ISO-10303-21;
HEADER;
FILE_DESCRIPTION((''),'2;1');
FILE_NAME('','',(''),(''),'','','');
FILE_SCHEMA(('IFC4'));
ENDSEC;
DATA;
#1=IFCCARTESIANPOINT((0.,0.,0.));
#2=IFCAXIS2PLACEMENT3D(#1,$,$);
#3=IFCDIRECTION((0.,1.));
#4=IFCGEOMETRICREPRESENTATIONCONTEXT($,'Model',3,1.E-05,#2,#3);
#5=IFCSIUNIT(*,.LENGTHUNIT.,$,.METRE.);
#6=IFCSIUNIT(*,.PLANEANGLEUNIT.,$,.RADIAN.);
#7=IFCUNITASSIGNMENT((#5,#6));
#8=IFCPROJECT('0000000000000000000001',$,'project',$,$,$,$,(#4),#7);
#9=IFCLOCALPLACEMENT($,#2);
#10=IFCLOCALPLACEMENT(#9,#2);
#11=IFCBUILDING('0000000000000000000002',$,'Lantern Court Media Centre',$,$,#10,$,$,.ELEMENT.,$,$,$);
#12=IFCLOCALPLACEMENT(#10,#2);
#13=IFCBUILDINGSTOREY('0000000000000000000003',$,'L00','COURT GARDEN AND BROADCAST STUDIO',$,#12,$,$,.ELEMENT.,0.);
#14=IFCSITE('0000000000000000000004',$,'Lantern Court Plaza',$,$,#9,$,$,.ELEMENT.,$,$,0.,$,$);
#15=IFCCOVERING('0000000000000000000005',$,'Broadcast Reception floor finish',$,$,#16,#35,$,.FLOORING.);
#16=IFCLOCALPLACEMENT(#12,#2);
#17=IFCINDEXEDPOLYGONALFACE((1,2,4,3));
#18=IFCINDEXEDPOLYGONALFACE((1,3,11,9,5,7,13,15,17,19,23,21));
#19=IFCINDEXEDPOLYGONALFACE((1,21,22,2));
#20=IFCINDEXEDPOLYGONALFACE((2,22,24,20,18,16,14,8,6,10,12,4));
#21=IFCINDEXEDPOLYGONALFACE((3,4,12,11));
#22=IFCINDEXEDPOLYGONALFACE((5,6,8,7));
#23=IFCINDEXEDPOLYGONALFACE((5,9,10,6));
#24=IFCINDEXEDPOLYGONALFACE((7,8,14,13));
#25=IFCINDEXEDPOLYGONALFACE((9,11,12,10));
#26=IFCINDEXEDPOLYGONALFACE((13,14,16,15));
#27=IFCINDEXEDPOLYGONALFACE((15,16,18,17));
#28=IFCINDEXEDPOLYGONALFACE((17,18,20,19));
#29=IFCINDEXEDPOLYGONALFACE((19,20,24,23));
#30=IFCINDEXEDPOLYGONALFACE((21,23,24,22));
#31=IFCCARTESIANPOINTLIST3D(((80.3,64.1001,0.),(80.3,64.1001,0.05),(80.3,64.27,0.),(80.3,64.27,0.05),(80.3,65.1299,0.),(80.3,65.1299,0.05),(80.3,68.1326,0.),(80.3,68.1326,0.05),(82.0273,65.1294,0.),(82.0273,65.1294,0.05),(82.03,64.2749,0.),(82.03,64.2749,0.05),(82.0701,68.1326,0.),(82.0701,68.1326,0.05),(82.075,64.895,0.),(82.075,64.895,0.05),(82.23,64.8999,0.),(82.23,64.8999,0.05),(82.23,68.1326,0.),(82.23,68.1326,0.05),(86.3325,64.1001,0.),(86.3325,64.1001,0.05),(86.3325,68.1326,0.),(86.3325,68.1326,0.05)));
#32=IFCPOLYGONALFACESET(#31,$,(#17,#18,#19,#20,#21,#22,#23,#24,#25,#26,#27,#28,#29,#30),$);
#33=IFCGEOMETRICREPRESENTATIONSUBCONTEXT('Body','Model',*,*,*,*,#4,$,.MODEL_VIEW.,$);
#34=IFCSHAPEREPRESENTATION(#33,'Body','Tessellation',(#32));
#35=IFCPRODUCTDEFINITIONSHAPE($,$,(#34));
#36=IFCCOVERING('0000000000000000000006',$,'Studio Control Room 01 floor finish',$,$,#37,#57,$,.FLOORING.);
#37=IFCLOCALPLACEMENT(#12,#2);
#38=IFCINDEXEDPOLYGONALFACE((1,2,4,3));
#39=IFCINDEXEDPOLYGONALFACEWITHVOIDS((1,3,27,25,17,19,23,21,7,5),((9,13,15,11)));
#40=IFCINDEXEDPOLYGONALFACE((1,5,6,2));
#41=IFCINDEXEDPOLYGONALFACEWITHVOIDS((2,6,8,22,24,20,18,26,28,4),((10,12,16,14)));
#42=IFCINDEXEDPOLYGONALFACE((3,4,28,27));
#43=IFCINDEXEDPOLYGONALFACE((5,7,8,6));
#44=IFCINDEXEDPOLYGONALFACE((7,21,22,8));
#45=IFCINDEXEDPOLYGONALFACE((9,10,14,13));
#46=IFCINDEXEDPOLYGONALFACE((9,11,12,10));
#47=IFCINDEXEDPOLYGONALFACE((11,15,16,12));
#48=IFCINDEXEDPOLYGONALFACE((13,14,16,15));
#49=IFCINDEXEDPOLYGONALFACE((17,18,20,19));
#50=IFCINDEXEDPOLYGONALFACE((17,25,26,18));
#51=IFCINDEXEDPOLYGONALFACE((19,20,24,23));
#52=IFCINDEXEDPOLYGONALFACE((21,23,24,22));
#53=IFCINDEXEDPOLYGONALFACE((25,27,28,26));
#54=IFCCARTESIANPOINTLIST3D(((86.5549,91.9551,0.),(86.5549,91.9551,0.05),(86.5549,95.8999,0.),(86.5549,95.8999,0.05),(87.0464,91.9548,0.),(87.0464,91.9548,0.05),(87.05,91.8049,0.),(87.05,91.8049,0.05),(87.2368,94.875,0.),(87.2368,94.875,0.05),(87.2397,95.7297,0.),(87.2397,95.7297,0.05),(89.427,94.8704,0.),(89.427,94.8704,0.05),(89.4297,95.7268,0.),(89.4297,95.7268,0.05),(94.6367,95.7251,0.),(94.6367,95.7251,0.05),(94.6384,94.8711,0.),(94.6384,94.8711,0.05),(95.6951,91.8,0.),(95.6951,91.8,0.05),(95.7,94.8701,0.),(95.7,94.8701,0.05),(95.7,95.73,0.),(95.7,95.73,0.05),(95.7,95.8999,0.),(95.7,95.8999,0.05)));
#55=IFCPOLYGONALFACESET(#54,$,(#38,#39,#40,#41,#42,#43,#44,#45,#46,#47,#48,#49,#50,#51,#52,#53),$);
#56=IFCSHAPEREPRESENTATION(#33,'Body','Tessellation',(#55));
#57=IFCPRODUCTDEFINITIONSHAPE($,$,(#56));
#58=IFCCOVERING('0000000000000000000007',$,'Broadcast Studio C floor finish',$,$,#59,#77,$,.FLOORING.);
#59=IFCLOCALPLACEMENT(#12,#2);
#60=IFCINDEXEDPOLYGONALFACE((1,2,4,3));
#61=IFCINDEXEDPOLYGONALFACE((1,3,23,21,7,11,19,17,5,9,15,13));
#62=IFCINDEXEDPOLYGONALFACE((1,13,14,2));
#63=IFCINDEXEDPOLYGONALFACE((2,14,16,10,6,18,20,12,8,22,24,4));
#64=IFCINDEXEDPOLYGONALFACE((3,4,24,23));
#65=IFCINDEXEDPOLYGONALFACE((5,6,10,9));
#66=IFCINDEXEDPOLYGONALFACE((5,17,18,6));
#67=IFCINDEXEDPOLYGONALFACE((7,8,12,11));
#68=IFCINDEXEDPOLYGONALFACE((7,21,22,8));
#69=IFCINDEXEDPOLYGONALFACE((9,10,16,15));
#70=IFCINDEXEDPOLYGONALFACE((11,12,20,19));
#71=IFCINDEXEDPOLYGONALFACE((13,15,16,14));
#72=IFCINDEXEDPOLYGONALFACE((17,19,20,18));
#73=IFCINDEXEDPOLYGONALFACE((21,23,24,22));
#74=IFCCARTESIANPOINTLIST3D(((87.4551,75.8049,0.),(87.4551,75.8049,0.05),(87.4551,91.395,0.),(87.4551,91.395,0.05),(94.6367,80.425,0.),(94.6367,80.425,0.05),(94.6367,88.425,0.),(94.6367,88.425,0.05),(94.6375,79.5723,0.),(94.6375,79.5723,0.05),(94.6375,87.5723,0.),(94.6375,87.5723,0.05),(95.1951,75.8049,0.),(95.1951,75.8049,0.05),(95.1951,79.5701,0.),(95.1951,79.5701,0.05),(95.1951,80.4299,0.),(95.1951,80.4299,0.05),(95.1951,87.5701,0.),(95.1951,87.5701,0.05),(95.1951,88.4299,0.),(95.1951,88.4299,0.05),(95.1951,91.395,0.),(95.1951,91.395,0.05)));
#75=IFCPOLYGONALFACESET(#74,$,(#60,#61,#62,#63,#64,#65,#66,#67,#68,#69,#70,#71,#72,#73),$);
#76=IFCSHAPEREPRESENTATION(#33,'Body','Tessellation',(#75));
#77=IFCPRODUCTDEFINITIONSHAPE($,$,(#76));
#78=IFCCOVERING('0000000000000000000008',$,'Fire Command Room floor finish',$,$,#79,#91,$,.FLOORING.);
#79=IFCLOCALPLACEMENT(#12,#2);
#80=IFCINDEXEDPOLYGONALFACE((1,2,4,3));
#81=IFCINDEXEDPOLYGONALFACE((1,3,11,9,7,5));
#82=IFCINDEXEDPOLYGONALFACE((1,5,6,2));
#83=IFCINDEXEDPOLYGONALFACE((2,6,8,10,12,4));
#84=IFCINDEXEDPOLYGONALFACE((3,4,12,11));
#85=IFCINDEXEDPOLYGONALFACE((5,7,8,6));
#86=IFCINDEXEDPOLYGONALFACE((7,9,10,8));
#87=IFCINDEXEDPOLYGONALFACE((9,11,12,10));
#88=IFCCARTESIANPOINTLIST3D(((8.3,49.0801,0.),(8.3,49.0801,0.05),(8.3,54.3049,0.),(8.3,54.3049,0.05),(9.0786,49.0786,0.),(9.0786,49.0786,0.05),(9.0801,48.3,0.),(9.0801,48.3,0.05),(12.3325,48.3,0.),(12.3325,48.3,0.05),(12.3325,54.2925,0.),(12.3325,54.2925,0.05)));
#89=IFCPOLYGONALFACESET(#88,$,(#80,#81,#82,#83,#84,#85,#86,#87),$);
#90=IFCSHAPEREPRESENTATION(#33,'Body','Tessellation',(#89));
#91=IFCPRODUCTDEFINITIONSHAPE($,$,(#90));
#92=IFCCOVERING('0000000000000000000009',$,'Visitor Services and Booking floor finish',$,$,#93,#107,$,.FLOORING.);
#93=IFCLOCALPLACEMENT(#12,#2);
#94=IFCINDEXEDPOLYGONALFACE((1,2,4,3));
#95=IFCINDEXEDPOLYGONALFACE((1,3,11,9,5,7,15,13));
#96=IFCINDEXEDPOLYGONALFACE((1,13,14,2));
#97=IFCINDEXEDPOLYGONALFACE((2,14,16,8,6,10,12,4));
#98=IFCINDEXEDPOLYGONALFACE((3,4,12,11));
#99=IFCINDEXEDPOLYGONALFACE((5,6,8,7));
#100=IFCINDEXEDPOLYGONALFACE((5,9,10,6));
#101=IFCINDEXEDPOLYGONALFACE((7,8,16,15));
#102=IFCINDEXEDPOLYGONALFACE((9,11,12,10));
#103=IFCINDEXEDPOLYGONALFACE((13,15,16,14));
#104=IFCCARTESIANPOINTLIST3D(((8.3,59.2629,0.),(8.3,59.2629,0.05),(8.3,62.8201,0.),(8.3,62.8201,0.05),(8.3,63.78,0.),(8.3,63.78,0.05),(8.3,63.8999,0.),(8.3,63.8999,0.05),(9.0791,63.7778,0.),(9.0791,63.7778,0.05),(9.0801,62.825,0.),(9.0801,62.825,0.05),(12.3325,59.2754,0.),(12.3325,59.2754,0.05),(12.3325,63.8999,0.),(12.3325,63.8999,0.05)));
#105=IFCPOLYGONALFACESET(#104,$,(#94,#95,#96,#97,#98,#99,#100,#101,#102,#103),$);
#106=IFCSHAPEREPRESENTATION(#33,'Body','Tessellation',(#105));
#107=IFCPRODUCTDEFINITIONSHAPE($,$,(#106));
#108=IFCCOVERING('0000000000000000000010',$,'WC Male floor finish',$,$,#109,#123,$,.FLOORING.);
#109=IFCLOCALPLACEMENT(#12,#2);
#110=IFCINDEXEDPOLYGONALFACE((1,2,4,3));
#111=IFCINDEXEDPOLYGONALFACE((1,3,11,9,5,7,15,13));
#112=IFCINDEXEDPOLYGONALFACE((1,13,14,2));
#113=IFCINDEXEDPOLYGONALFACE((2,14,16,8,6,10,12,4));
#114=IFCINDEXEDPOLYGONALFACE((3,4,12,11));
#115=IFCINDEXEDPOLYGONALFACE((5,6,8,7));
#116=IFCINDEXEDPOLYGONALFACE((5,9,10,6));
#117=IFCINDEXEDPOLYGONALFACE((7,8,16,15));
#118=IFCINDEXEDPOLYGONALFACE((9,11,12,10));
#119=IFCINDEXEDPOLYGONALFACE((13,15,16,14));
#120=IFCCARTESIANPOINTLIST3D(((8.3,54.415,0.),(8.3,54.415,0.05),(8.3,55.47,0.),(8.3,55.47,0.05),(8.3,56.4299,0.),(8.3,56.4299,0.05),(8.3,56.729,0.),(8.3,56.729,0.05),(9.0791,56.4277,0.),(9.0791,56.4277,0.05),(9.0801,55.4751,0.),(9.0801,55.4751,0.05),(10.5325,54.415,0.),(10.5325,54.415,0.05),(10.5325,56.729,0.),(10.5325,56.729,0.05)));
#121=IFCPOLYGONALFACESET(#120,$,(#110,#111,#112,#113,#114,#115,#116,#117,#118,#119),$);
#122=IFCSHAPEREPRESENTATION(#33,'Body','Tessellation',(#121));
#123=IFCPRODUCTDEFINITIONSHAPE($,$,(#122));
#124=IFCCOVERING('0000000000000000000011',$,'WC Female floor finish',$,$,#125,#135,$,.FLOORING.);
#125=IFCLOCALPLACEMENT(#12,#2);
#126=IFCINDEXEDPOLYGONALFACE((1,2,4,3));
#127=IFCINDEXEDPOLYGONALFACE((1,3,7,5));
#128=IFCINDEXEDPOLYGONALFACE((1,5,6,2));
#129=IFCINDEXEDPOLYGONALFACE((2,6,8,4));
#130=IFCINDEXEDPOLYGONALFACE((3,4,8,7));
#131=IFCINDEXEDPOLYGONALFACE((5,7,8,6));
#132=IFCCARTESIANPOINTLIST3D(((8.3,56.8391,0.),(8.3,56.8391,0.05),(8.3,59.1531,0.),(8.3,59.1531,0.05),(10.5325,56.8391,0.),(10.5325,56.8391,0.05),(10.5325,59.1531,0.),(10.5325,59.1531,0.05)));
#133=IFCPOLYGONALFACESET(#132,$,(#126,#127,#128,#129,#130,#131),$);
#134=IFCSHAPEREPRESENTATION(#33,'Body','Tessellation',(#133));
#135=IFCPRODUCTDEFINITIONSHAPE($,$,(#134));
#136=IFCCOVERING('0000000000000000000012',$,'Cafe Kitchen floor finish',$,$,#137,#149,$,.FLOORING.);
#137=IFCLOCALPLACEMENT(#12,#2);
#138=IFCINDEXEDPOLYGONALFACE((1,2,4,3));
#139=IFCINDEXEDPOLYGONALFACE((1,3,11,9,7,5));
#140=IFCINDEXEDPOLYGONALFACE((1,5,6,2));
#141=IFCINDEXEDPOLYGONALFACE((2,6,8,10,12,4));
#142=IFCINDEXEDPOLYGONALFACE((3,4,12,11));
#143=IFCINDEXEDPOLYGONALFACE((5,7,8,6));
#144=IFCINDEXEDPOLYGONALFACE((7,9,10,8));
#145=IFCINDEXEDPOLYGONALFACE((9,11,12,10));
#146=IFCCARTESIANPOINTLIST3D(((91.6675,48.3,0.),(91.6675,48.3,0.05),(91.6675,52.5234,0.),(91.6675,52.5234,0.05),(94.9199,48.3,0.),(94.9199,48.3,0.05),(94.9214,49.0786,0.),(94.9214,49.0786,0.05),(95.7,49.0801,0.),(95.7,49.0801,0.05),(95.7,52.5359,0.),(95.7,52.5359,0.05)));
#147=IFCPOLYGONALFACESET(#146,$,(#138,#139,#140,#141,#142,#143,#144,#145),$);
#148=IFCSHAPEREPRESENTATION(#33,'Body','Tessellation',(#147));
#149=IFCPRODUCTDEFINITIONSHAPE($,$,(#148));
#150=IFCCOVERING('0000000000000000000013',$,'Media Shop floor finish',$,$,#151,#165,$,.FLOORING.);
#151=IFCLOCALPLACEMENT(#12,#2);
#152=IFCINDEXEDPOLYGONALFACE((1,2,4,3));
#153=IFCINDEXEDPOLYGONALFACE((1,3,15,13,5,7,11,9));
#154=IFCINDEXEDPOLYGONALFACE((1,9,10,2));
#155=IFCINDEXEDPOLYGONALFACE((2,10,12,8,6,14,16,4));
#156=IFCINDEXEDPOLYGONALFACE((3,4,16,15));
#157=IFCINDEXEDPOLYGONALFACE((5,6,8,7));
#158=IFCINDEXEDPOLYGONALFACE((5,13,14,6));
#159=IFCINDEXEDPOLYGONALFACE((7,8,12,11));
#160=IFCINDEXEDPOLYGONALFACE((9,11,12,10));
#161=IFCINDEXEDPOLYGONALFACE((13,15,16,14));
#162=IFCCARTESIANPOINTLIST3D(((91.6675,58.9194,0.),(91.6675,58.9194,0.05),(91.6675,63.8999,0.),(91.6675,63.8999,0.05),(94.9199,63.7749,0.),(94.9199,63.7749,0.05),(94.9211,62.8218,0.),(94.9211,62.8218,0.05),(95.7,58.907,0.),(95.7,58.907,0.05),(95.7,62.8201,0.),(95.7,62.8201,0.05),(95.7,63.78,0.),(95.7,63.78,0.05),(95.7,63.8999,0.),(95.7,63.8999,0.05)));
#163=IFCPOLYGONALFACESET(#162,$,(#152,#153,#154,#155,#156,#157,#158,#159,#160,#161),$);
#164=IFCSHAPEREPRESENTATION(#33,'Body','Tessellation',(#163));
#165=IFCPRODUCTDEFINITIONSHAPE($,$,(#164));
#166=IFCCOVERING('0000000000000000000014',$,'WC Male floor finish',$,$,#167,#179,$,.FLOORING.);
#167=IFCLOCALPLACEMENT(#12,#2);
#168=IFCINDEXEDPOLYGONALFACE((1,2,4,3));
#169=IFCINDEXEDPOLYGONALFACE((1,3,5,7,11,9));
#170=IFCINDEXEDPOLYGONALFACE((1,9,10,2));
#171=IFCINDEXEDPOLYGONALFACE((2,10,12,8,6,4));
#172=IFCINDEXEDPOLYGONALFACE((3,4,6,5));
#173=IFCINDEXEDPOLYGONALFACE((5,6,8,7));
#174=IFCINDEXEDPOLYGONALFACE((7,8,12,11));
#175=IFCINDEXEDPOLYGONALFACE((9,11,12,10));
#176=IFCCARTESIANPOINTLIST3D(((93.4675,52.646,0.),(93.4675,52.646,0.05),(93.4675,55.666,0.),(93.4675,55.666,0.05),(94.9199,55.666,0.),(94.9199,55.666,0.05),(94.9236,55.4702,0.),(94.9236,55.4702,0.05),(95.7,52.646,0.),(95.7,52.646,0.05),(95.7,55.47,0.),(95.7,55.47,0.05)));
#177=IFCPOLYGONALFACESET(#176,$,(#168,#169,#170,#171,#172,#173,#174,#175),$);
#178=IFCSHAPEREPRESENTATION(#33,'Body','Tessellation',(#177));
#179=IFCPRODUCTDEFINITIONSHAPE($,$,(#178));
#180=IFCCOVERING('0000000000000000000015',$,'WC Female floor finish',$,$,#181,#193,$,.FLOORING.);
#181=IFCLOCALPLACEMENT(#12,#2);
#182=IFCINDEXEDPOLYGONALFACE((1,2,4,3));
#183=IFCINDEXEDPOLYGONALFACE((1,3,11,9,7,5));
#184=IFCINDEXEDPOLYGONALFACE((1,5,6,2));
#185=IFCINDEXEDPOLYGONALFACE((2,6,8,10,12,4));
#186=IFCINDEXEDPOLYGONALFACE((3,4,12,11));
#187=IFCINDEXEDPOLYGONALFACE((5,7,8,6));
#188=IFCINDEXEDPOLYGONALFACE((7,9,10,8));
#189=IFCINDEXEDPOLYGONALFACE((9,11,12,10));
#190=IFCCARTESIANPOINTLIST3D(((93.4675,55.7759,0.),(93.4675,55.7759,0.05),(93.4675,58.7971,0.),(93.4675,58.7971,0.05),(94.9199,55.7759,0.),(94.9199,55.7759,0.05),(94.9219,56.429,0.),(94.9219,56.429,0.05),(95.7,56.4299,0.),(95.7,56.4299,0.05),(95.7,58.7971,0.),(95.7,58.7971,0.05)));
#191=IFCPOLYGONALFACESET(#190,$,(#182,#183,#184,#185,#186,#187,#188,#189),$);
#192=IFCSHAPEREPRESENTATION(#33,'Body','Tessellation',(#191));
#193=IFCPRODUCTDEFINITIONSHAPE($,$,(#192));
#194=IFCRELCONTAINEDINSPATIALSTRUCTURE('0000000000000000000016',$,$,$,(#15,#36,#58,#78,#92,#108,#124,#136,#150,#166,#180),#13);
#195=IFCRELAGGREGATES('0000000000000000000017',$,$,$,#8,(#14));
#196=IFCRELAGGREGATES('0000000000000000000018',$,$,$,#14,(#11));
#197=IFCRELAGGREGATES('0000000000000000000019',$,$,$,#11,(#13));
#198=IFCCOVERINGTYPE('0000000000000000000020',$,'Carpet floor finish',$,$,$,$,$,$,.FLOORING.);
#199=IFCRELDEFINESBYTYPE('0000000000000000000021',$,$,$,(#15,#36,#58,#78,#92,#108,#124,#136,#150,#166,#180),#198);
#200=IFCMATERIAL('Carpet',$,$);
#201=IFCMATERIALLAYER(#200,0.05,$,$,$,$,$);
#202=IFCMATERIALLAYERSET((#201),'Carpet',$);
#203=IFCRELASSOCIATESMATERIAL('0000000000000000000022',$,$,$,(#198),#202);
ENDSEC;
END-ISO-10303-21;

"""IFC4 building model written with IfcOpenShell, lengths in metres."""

from ifc_helpers import new_model, si_unit, direction, origin, place, context, subcontext, project, spatial, polyline, outline, extrude, material, layer, layer_set, type_object, element, save


model = new_model("IFC4")

# Units and contexts
model_context = context("Model", 3, precision=1e-05, world=origin(), true_north=direction((0.0, 1.0)))
body_context = subcontext(model_context, "Body", "Model", "MODEL_VIEW")
ifc_project = project(units=[si_unit("LENGTHUNIT", "METRE"), si_unit("PLANEANGLEUNIT", "RADIAN")], contexts=[model_context])

# Site, building, storey
site_placement = place(None, origin())
site = spatial("IfcSite", under=ifc_project, at=site_placement, Name="Lantern Court Plaza", CompositionType="ELEMENT", RefElevation=0.0)
building_placement = place(site_placement, origin())
building = spatial("IfcBuilding", under=site, at=building_placement, Name="Lantern Court Media Centre", CompositionType="ELEMENT")
storey_placement = place(building_placement, origin())
storey = spatial("IfcBuildingStorey", under=building, at=storey_placement, Name="L00", Description="COURT GARDEN AND BROADCAST STUDIO", CompositionType="ELEMENT", Elevation=0.0)

# Coverings
ifc_material_1 = material(Name="Carpet")
ifc_layer_1 = layer(ifc_material_1, 0.05)
ifc_layer_set_1 = layer_set([ifc_layer_1], Name="Carpet")
covering_type_1 = type_object("IfcCoveringType", Name="Carpet floor finish", PredefinedType="FLOORING", material=ifc_layer_set_1)
covering_1_placement = place(storey_placement, origin())
element("IfcCovering", 1, at=covering_1_placement, inside=storey, type_object=covering_type_1, Name="Broadcast Reception floor finish", PredefinedType="FLOORING", context=body_context, shape_type="SweptSolid", body=[
    extrude(outline(polyline([(80.3, 68.1326), (82.0701, 68.1326), (82.075, 64.895), (82.23, 64.8999), (82.23, 68.1326), (86.3325, 68.1326), (86.3325, 64.1001), (80.3, 64.1001), (80.3, 64.27), (82.03, 64.2749), (82.0273, 65.1294), (80.3, 65.1299), (80.3, 68.1326)])), origin(), (0.0, 0.0, 1.0), 0.05),
])
covering_2_placement = place(storey_placement, origin())
element("IfcCovering", 2, at=covering_2_placement, inside=storey, type_object=covering_type_1, Name="Studio Control Room 01 floor finish", PredefinedType="FLOORING", context=body_context, shape_type="SweptSolid", body=[
    extrude(outline(polyline([(95.7, 94.8701), (95.6951, 91.8), (87.05, 91.8049), (87.0464, 91.9548), (86.5549, 91.9551), (86.5549, 95.8999), (95.7, 95.8999), (95.7, 95.73), (94.6367, 95.7251), (94.6384, 94.8711), (95.7, 94.8701)]), holes=[polyline([(87.2368, 94.875), (89.427, 94.8704), (89.4297, 95.7268), (87.2397, 95.7297), (87.2368, 94.875)])]), origin(), (0.0, 0.0, 1.0), 0.05),
])
covering_3_placement = place(storey_placement, origin())
element("IfcCovering", 3, at=covering_3_placement, inside=storey, type_object=covering_type_1, Name="Broadcast Studio C floor finish", PredefinedType="FLOORING", context=body_context, shape_type="SweptSolid", body=[
    extrude(outline(polyline([(95.1951, 75.8049), (87.4551, 75.8049), (87.4551, 91.395), (95.1951, 91.395), (95.1951, 88.4299), (94.6367, 88.425), (94.6375, 87.5723), (95.1951, 87.5701), (95.1951, 80.4299), (94.6367, 80.425), (94.6375, 79.5723), (95.1951, 79.5701), (95.1951, 75.8049)])), origin(), (0.0, 0.0, 1.0), 0.05),
])
covering_4_placement = place(storey_placement, origin())
element("IfcCovering", 4, at=covering_4_placement, inside=storey, type_object=covering_type_1, Name="Fire Command Room floor finish", PredefinedType="FLOORING", context=body_context, shape_type="SweptSolid", body=[
    extrude(outline(polyline([(8.3, 54.3049), (12.3325, 54.2925), (12.3325, 48.3), (9.0801, 48.3), (9.0786, 49.0786), (8.3, 49.0801), (8.3, 54.3049)])), origin(), (0.0, 0.0, 1.0), 0.05),
])
covering_5_placement = place(storey_placement, origin())
element("IfcCovering", 5, at=covering_5_placement, inside=storey, type_object=covering_type_1, Name="Visitor Services and Booking floor finish", PredefinedType="FLOORING", context=body_context, shape_type="SweptSolid", body=[
    extrude(outline(polyline([(8.3, 63.8999), (12.3325, 63.8999), (12.3325, 59.2754), (8.3, 59.2629), (8.3, 62.8201), (9.0801, 62.825), (9.0791, 63.7778), (8.3, 63.78), (8.3, 63.8999)])), origin(), (0.0, 0.0, 1.0), 0.05),
])
covering_6_placement = place(storey_placement, origin())
element("IfcCovering", 6, at=covering_6_placement, inside=storey, type_object=covering_type_1, Name="WC Male floor finish", PredefinedType="FLOORING", context=body_context, shape_type="SweptSolid", body=[
    extrude(outline(polyline([(8.3, 56.729), (10.5325, 56.729), (10.5325, 54.415), (8.3, 54.415), (8.3, 55.47), (9.0801, 55.4751), (9.0791, 56.4277), (8.3, 56.4299), (8.3, 56.729)])), origin(), (0.0, 0.0, 1.0), 0.05),
])
covering_7_placement = place(storey_placement, origin())
element("IfcCovering", 7, at=covering_7_placement, inside=storey, type_object=covering_type_1, Name="WC Female floor finish", PredefinedType="FLOORING", context=body_context, shape_type="SweptSolid", body=[
    extrude(outline(polyline([(8.3, 59.1531), (10.5325, 59.1531), (10.5325, 56.8391), (8.3, 56.8391), (8.3, 59.1531)])), origin(), (0.0, 0.0, 1.0), 0.05),
])
covering_8_placement = place(storey_placement, origin())
element("IfcCovering", 8, at=covering_8_placement, inside=storey, type_object=covering_type_1, Name="Cafe Kitchen floor finish", PredefinedType="FLOORING", context=body_context, shape_type="SweptSolid", body=[
    extrude(outline(polyline([(95.7, 49.0801), (94.9214, 49.0786), (94.9199, 48.3), (91.6675, 48.3), (91.6675, 52.5234), (95.7, 52.5359), (95.7, 49.0801)])), origin(), (0.0, 0.0, 1.0), 0.05),
])
covering_9_placement = place(storey_placement, origin())
element("IfcCovering", 9, at=covering_9_placement, inside=storey, type_object=covering_type_1, Name="Media Shop floor finish", PredefinedType="FLOORING", context=body_context, shape_type="SweptSolid", body=[
    extrude(outline(polyline([(95.7, 58.907), (91.6675, 58.9194), (91.6675, 63.8999), (95.7, 63.8999), (95.7, 63.78), (94.9199, 63.7749), (94.9211, 62.8218), (95.7, 62.8201), (95.7, 58.907)])), origin(), (0.0, 0.0, 1.0), 0.05),
])
covering_10_placement = place(storey_placement, origin())
element("IfcCovering", 10, at=covering_10_placement, inside=storey, type_object=covering_type_1, Name="WC Male floor finish", PredefinedType="FLOORING", context=body_context, shape_type="SweptSolid", body=[
    extrude(outline(polyline([(95.7, 52.646), (93.4675, 52.646), (93.4675, 55.666), (94.9199, 55.666), (94.9236, 55.4702), (95.7, 55.47), (95.7, 52.646)])), origin(), (0.0, 0.0, 1.0), 0.05),
])
covering_11_placement = place(storey_placement, origin())
element("IfcCovering", 11, at=covering_11_placement, inside=storey, type_object=covering_type_1, Name="WC Female floor finish", PredefinedType="FLOORING", context=body_context, shape_type="SweptSolid", body=[
    extrude(outline(polyline([(95.7, 56.4299), (94.9219, 56.429), (94.9199, 55.7759), (93.4675, 55.7759), (93.4675, 58.7971), (95.7, 58.7971), (95.7, 56.4299)])), origin(), (0.0, 0.0, 1.0), 0.05),
])

save(model, "model.ifc")
